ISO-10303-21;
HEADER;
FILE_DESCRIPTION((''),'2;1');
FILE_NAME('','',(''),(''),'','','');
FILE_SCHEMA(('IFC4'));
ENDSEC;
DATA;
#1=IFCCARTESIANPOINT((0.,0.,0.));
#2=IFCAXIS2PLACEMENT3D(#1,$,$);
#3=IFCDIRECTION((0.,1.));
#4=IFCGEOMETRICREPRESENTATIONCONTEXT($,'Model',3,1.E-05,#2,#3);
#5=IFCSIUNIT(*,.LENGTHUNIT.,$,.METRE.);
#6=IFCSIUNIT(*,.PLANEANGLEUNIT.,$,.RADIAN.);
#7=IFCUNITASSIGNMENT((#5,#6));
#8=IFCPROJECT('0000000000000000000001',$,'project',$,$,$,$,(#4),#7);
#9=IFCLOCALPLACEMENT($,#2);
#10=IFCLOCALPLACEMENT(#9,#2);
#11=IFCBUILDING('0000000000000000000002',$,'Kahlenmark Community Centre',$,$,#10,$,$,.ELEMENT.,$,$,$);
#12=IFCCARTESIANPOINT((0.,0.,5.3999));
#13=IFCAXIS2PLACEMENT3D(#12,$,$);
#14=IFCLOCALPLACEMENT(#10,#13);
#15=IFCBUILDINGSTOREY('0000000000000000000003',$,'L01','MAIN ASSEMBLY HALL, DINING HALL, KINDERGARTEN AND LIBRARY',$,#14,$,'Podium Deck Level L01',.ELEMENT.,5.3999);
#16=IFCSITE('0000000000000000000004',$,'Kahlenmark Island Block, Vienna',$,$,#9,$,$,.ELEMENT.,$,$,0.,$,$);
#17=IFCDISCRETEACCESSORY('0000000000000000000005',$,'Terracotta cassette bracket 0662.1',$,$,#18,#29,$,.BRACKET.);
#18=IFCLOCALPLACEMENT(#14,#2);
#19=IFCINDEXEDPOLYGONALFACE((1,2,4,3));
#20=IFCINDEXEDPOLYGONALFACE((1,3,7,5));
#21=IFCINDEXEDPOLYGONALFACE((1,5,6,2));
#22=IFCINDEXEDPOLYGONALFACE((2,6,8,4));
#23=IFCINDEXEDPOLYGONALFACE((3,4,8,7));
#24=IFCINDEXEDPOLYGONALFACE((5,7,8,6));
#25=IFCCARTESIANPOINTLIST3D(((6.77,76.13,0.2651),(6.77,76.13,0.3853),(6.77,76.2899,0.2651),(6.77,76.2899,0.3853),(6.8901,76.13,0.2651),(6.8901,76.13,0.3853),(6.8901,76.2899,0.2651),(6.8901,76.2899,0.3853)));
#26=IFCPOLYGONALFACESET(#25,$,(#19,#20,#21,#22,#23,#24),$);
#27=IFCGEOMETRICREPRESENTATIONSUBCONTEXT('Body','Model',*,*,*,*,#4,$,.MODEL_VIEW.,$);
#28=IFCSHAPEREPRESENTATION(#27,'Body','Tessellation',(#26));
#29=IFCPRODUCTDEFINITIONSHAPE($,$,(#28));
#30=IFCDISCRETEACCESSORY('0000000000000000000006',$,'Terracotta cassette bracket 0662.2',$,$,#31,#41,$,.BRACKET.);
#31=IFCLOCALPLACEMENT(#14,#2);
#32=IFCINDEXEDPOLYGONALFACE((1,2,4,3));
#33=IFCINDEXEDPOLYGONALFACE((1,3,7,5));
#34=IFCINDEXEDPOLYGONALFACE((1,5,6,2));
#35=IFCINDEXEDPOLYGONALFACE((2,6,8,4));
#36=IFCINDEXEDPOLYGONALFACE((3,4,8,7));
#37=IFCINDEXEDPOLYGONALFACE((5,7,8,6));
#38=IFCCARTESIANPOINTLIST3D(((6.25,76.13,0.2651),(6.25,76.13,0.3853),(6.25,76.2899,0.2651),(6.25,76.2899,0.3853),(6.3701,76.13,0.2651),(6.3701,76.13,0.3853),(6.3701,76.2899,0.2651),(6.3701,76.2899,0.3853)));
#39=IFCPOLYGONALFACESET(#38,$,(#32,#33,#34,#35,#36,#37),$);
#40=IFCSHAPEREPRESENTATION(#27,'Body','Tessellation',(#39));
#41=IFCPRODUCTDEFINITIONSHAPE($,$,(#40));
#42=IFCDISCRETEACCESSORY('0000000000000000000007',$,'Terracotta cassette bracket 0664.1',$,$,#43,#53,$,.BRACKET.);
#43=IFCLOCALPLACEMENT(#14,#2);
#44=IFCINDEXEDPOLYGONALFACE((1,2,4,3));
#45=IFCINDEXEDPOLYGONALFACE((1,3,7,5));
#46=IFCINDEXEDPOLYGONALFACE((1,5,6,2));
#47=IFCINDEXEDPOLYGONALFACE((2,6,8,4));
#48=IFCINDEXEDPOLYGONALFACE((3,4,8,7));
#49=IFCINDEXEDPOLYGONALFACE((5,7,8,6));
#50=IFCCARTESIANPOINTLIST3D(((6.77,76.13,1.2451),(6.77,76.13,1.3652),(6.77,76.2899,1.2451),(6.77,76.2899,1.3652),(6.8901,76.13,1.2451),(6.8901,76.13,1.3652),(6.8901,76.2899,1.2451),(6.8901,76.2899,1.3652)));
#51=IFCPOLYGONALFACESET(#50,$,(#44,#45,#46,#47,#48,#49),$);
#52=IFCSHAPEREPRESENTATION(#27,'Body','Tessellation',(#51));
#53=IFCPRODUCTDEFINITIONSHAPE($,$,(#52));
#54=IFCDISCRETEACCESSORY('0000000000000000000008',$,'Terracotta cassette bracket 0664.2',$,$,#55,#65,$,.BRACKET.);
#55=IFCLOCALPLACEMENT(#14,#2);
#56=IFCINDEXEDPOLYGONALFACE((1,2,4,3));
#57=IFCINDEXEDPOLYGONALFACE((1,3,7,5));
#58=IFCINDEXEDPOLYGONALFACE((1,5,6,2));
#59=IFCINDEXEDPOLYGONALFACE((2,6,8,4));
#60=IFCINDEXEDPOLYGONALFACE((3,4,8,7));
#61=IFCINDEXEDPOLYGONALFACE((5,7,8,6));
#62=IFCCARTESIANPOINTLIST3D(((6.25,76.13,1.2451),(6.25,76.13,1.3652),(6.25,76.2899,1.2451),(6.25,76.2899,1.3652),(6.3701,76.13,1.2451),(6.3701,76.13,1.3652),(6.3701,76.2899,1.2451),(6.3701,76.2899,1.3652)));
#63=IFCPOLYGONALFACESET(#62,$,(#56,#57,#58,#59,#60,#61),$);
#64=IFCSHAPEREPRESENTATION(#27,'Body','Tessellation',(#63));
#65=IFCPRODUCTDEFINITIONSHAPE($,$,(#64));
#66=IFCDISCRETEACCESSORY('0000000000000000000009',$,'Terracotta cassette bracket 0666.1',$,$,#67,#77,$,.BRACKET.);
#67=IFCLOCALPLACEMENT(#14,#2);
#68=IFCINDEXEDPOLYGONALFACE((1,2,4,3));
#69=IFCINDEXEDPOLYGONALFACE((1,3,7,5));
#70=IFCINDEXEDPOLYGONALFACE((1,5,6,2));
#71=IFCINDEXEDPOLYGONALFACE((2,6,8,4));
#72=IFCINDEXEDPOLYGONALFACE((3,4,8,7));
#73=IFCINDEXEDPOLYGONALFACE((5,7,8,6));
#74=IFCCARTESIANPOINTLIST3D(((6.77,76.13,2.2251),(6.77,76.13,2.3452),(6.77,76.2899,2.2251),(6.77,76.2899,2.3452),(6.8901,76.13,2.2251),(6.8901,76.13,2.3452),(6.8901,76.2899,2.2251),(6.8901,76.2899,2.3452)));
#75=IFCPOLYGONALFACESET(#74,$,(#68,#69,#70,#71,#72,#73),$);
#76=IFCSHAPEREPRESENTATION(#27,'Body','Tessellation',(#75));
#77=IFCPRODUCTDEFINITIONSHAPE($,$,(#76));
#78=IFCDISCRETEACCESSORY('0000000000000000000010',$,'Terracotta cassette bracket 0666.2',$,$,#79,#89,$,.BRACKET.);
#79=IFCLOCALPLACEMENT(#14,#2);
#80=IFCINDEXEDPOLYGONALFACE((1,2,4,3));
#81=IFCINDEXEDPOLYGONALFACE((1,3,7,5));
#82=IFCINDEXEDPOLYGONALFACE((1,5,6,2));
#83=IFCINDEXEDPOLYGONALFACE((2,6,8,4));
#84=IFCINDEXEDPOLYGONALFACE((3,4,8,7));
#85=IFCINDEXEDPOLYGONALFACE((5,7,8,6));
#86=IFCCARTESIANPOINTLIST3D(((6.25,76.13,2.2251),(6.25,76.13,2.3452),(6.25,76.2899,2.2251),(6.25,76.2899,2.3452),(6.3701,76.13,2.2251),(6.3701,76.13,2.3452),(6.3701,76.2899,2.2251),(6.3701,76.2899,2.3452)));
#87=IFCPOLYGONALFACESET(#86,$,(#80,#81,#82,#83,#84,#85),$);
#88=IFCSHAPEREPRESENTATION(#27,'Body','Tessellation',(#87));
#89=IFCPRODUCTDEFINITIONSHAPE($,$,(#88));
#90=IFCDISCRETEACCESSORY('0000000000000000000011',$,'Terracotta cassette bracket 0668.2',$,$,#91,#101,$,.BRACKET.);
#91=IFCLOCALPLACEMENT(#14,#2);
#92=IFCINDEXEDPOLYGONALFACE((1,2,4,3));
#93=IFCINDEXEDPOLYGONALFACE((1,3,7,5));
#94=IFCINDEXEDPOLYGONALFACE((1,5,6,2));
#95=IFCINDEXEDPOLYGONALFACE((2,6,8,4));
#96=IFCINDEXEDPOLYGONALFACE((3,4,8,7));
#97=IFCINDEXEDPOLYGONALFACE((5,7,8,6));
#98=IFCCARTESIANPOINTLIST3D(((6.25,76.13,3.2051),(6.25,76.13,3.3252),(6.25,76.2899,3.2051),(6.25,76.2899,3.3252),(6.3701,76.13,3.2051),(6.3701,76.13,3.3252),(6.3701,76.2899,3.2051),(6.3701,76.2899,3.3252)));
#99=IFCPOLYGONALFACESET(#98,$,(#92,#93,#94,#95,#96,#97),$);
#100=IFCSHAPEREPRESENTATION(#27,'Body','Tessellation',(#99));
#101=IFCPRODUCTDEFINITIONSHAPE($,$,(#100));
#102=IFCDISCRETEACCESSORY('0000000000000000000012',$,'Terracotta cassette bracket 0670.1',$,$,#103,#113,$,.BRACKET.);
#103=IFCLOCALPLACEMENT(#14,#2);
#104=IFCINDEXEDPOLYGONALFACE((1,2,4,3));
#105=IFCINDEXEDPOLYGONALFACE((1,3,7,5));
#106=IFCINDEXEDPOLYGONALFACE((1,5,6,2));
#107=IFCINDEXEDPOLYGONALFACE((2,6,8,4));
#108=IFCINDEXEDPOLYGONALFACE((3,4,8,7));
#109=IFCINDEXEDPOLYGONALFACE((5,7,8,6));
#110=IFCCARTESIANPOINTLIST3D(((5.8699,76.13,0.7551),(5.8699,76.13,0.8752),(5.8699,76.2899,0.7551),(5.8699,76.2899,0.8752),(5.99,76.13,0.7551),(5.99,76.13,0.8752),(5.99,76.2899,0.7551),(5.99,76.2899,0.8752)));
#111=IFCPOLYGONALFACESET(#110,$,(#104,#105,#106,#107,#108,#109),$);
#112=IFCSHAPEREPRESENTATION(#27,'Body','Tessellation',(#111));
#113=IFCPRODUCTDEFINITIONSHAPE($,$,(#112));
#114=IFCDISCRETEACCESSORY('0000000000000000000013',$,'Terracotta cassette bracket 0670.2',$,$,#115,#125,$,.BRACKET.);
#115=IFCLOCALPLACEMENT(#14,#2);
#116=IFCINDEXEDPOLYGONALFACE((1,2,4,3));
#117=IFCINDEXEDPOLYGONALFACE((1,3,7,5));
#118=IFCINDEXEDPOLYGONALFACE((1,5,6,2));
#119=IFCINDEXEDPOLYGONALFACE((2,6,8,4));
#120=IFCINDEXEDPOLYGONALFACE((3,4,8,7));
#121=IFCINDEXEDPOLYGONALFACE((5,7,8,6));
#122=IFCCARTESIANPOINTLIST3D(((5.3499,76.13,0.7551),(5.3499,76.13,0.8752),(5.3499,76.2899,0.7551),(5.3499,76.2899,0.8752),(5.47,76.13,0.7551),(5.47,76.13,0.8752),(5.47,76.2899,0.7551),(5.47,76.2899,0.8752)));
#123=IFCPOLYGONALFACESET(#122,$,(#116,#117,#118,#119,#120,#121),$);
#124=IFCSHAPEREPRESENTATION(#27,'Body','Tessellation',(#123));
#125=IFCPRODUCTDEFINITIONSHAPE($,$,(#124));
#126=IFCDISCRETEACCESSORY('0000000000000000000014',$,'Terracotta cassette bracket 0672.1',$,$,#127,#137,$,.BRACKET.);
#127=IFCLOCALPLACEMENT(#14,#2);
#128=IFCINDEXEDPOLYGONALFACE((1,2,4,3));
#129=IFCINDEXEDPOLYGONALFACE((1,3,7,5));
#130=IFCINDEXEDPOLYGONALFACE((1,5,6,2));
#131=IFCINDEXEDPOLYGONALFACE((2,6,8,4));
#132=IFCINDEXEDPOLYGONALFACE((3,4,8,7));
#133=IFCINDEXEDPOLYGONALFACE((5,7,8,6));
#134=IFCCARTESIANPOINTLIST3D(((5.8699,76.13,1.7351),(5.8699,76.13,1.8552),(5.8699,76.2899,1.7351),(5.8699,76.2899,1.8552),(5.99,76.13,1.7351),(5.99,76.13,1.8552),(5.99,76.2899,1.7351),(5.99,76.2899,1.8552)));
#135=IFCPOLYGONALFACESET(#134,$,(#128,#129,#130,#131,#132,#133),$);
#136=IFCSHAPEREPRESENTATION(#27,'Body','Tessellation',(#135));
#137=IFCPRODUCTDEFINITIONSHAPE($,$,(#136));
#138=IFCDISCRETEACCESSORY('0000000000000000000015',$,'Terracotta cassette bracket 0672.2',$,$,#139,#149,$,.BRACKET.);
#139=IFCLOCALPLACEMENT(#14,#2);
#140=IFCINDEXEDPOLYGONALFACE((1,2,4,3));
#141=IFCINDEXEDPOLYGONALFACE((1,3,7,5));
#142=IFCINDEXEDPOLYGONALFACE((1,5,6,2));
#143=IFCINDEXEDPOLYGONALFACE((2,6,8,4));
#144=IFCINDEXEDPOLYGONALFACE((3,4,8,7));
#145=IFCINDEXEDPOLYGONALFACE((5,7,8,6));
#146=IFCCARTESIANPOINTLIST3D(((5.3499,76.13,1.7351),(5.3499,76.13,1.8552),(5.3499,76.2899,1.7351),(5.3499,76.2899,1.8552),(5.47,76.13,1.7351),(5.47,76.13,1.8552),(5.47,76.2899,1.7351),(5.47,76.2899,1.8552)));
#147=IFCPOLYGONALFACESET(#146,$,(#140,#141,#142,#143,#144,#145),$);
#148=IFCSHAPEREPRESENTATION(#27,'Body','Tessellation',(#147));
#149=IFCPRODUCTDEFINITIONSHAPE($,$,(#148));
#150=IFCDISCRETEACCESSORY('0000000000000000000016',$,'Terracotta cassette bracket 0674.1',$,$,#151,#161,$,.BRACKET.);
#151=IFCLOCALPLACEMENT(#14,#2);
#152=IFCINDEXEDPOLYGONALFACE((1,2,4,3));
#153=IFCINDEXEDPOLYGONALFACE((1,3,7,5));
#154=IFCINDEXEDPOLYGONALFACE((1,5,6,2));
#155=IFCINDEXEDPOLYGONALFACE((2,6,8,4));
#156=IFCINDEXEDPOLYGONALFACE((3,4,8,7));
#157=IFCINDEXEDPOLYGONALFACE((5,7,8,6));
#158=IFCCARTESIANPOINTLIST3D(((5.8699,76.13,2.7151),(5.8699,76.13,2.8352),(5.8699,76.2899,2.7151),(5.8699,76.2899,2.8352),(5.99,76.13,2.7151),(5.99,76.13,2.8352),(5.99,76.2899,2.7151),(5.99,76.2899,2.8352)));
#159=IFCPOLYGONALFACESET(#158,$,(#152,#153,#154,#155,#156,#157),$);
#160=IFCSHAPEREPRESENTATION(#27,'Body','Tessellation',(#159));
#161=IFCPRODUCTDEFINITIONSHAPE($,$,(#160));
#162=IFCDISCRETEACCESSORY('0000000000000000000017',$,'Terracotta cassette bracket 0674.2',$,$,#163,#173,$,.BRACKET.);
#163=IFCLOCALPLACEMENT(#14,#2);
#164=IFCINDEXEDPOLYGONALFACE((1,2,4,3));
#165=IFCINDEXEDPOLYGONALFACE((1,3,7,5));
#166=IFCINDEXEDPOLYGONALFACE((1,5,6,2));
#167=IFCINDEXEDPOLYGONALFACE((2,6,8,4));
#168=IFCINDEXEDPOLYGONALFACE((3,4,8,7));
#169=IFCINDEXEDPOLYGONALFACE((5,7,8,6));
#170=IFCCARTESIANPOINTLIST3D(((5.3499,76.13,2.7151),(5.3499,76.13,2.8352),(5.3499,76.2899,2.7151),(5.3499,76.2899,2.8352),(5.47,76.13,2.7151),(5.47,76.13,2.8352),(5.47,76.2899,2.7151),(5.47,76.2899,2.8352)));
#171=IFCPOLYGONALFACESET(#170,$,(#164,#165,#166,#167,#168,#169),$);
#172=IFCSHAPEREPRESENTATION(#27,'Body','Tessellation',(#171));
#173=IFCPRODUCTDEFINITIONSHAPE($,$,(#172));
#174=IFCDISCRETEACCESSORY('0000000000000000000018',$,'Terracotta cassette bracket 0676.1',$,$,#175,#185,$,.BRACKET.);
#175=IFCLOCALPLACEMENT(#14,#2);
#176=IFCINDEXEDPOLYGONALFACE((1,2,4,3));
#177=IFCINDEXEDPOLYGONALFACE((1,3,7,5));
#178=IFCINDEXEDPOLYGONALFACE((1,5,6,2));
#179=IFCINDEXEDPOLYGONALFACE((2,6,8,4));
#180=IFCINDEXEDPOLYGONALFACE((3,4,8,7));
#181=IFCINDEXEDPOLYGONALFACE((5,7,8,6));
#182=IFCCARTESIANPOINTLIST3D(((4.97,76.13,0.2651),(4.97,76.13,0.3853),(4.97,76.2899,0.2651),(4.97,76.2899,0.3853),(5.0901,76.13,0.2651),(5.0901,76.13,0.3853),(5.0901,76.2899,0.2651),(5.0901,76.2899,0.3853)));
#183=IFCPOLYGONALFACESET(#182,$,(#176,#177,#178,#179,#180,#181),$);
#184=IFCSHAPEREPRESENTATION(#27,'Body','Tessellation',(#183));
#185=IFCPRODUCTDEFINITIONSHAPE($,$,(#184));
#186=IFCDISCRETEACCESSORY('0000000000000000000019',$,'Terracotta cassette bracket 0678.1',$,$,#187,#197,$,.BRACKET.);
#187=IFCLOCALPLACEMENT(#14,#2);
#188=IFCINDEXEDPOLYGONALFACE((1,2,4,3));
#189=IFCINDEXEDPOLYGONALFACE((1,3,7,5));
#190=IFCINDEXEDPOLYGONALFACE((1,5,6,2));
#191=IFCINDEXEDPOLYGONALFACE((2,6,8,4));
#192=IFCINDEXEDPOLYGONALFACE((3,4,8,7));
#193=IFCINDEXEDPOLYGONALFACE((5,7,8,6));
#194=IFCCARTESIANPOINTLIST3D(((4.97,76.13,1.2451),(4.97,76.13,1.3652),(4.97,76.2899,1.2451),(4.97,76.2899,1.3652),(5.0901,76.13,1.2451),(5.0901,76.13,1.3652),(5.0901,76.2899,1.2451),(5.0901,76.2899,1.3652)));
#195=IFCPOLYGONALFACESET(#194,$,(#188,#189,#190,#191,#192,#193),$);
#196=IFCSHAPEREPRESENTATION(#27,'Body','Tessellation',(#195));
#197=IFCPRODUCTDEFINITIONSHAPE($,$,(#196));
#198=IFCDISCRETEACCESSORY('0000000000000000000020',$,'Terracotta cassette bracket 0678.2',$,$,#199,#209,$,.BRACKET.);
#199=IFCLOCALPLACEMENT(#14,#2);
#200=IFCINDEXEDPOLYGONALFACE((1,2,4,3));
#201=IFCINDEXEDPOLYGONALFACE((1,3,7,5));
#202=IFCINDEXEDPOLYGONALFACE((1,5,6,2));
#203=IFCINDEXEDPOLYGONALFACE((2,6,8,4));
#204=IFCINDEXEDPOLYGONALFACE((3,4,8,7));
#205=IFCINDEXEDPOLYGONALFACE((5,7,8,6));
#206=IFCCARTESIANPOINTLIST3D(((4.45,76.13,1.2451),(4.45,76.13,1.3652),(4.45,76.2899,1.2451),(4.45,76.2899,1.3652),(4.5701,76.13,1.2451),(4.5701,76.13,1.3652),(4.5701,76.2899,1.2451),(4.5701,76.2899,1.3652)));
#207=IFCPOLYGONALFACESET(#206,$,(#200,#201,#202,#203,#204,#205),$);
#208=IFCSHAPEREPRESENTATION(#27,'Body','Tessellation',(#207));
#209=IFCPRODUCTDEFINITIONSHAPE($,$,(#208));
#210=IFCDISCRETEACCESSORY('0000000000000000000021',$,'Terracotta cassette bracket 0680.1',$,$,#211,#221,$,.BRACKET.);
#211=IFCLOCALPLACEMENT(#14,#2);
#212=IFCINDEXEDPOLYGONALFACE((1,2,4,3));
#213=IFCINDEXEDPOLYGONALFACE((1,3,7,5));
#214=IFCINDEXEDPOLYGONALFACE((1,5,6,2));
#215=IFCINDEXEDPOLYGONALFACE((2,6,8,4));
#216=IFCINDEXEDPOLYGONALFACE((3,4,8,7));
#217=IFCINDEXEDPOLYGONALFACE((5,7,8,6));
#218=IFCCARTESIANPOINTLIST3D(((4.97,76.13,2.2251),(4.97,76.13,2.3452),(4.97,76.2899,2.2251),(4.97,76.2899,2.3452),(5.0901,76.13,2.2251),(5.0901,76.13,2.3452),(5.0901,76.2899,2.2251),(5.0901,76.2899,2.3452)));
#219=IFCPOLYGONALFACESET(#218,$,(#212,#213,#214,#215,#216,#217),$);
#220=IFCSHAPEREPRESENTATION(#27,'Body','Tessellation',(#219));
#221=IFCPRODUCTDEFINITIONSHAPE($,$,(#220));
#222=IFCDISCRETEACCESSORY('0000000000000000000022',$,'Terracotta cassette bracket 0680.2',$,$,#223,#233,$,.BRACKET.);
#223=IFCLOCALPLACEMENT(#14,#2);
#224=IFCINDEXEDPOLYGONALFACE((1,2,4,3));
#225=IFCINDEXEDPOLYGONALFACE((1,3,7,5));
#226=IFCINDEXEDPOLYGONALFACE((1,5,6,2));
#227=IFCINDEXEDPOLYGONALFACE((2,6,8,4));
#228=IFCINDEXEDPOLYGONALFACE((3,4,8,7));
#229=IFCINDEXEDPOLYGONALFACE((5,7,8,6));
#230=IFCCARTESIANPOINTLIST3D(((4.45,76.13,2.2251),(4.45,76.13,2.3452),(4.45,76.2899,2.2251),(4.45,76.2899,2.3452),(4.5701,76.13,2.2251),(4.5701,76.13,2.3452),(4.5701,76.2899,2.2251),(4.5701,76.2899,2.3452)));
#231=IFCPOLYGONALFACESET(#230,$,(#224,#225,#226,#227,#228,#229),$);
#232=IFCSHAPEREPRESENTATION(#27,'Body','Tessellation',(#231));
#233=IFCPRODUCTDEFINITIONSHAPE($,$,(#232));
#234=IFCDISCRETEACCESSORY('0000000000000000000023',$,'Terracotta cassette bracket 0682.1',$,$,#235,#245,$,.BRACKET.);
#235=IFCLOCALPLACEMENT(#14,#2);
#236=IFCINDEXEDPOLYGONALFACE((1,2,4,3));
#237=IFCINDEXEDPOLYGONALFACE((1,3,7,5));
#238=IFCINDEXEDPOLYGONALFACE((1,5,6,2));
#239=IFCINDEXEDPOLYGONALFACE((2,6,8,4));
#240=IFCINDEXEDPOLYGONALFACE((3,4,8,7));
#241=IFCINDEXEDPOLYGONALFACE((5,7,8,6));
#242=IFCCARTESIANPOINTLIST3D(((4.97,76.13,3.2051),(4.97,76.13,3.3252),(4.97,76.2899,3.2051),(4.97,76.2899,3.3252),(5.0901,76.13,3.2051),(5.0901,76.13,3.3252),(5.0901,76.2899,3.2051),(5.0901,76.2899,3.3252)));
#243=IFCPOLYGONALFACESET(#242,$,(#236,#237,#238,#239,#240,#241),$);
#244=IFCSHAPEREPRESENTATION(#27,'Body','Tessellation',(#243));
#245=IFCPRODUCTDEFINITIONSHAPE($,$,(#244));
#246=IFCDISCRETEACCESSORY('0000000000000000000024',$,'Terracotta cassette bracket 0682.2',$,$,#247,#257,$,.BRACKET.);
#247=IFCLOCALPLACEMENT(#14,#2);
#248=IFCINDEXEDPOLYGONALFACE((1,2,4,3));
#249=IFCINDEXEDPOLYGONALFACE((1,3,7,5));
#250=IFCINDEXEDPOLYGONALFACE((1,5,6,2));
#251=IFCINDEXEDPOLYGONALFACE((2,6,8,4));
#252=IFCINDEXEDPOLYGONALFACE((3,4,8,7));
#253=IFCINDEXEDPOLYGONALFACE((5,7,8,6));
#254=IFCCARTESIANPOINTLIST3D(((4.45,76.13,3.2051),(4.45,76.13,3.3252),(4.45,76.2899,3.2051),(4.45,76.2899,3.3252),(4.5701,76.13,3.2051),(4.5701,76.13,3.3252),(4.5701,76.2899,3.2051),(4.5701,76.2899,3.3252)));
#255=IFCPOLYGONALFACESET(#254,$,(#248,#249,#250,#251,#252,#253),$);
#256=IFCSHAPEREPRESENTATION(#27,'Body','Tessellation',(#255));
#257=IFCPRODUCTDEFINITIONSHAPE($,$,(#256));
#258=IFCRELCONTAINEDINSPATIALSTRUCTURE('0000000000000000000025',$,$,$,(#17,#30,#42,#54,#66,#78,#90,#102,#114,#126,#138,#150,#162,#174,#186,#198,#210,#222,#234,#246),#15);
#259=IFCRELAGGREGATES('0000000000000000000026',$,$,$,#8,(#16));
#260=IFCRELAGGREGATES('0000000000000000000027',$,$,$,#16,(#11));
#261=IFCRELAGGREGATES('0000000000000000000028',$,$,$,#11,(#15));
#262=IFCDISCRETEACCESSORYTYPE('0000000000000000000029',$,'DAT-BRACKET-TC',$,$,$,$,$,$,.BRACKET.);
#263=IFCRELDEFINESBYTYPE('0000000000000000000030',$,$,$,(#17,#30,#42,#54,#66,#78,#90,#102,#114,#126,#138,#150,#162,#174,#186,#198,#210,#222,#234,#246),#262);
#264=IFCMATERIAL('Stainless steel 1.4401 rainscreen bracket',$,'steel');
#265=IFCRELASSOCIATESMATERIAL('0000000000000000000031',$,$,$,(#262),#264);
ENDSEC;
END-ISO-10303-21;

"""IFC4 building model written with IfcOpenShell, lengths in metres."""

from ifc_helpers import new_model, si_unit, direction, frame, origin, origin_2d, place, context, subcontext, project, spatial, rectangle, extrude, material, type_object, element, save


model = new_model("IFC4")

# Units and contexts
model_context = context("Model", 3, precision=1e-05, world=origin(), true_north=direction((0.0, 1.0)))
body_context = subcontext(model_context, "Body", "Model", "MODEL_VIEW")
ifc_project = project(units=[si_unit("LENGTHUNIT", "METRE"), si_unit("PLANEANGLEUNIT", "RADIAN")], contexts=[model_context])

# Site, building, storey
site_placement = place(None, origin())
site = spatial("IfcSite", under=ifc_project, at=site_placement, Name="Kahlenmark Island Block, Vienna", CompositionType="ELEMENT", RefElevation=0.0)
building_placement = place(site_placement, origin())
building = spatial("IfcBuilding", under=site, at=building_placement, Name="Kahlenmark Community Centre", CompositionType="ELEMENT")
storey_placement = place(building_placement, frame((0.0, 0.0, 5.3999)))
storey = spatial("IfcBuildingStorey", under=building, at=storey_placement, Name="L01", Description="MAIN ASSEMBLY HALL, DINING HALL, KINDERGARTEN AND LIBRARY", LongName="Podium Deck Level L01", CompositionType="ELEMENT", Elevation=5.3999)

# Discrete accessories
ifc_material = material(Name="Stainless steel 1.4401 rainscreen bracket", Category="steel")
discrete_accessory_type = type_object("IfcDiscreteAccessoryType", Name="DAT-BRACKET-TC", PredefinedType="BRACKET", material=ifc_material)
for number, where, z_axis, x_axis, name in (
    (1, (6.8301, 76.21, 0.2651), (0.0, 0.0, 1.0), (-1.0, 0.0, 0.0), "Terracotta cassette bracket 0662.1"),
    (2, (6.3101, 76.21, 0.2651), (0.0, 0.0, 1.0), (-1.0, 0.0, 0.0), "Terracotta cassette bracket 0662.2"),
    (3, (6.8301, 76.21, 1.2451), (0.0, 0.0, 1.0), (-1.0, 0.0, 0.0), "Terracotta cassette bracket 0664.1"),
    (4, (6.3101, 76.21, 1.2451), (0.0, 0.0, 1.0), (-1.0, 0.0, 0.0), "Terracotta cassette bracket 0664.2"),
    (5, (6.8301, 76.21, 2.2251), (0.0, 0.0, 1.0), (-1.0, 0.0, 0.0), "Terracotta cassette bracket 0666.1"),
    (6, (6.3101, 76.21, 2.2251), (0.0, 0.0, 1.0), (-1.0, 0.0, 0.0), "Terracotta cassette bracket 0666.2"),
    (7, (6.3101, 76.21, 3.2051), (0.0, 0.0, 1.0), (-1.0, 0.0, 0.0), "Terracotta cassette bracket 0668.2"),
    (8, (5.9299, 76.21, 0.7551), (0.0, 0.0, 1.0), (-1.0, 0.0, 0.0), "Terracotta cassette bracket 0670.1"),
    (9, (5.4099, 76.21, 0.7551), (0.0, 0.0, 1.0), (-1.0, 0.0, 0.0), "Terracotta cassette bracket 0670.2"),
    (10, (5.9299, 76.21, 1.7351), (0.0, 0.0, 1.0), (-1.0, 0.0, 0.0), "Terracotta cassette bracket 0672.1"),
    (11, (5.4099, 76.21, 1.7351), (0.0, 0.0, 1.0), (-1.0, 0.0, 0.0), "Terracotta cassette bracket 0672.2"),
    (12, (5.9299, 76.21, 2.7151), (0.0, 0.0, 1.0), (-1.0, 0.0, 0.0), "Terracotta cassette bracket 0674.1"),
    (13, (5.4099, 76.21, 2.7151), (0.0, 0.0, 1.0), (-1.0, 0.0, 0.0), "Terracotta cassette bracket 0674.2"),
    (14, (5.03, 76.21, 0.2651), (0.0, 0.0, 1.0), (-1.0, 0.0, 0.0), "Terracotta cassette bracket 0676.1"),
    (15, (5.03, 76.21, 1.2451), (0.0, 0.0, 1.0), (-1.0, 0.0, 0.0), "Terracotta cassette bracket 0678.1"),
    (16, (4.51, 76.21, 1.2451), (0.0, 0.0, 1.0), (-1.0, 0.0, 0.0), "Terracotta cassette bracket 0678.2"),
    (17, (5.03, 76.21, 2.2251), (0.0, 0.0, 1.0), (-1.0, 0.0, 0.0), "Terracotta cassette bracket 0680.1"),
    (18, (4.51, 76.21, 2.2251), (0.0, 0.0, 1.0), (-1.0, 0.0, 0.0), "Terracotta cassette bracket 0680.2"),
    (19, (5.03, 76.21, 3.2051), (0.0, 0.0, 1.0), (-1.0, 0.0, 0.0), "Terracotta cassette bracket 0682.1"),
    (20, (4.51, 76.21, 3.2051), (0.0, 0.0, 1.0), (-1.0, 0.0, 0.0), "Terracotta cassette bracket 0682.2"),
):
    element("IfcDiscreteAccessory", number, at=place(storey_placement, frame(where, z_axis=z_axis, x_axis=x_axis)), inside=storey, type_object=discrete_accessory_type, Name=name, PredefinedType="BRACKET", context=body_context, shape_type="SweptSolid", body=[
        extrude(rectangle(XDim=0.1201, YDim=0.1599, at=origin_2d()), origin(), (0.0, 0.0, 1.0), 0.1201),
    ])

save(model, "model.ifc")
